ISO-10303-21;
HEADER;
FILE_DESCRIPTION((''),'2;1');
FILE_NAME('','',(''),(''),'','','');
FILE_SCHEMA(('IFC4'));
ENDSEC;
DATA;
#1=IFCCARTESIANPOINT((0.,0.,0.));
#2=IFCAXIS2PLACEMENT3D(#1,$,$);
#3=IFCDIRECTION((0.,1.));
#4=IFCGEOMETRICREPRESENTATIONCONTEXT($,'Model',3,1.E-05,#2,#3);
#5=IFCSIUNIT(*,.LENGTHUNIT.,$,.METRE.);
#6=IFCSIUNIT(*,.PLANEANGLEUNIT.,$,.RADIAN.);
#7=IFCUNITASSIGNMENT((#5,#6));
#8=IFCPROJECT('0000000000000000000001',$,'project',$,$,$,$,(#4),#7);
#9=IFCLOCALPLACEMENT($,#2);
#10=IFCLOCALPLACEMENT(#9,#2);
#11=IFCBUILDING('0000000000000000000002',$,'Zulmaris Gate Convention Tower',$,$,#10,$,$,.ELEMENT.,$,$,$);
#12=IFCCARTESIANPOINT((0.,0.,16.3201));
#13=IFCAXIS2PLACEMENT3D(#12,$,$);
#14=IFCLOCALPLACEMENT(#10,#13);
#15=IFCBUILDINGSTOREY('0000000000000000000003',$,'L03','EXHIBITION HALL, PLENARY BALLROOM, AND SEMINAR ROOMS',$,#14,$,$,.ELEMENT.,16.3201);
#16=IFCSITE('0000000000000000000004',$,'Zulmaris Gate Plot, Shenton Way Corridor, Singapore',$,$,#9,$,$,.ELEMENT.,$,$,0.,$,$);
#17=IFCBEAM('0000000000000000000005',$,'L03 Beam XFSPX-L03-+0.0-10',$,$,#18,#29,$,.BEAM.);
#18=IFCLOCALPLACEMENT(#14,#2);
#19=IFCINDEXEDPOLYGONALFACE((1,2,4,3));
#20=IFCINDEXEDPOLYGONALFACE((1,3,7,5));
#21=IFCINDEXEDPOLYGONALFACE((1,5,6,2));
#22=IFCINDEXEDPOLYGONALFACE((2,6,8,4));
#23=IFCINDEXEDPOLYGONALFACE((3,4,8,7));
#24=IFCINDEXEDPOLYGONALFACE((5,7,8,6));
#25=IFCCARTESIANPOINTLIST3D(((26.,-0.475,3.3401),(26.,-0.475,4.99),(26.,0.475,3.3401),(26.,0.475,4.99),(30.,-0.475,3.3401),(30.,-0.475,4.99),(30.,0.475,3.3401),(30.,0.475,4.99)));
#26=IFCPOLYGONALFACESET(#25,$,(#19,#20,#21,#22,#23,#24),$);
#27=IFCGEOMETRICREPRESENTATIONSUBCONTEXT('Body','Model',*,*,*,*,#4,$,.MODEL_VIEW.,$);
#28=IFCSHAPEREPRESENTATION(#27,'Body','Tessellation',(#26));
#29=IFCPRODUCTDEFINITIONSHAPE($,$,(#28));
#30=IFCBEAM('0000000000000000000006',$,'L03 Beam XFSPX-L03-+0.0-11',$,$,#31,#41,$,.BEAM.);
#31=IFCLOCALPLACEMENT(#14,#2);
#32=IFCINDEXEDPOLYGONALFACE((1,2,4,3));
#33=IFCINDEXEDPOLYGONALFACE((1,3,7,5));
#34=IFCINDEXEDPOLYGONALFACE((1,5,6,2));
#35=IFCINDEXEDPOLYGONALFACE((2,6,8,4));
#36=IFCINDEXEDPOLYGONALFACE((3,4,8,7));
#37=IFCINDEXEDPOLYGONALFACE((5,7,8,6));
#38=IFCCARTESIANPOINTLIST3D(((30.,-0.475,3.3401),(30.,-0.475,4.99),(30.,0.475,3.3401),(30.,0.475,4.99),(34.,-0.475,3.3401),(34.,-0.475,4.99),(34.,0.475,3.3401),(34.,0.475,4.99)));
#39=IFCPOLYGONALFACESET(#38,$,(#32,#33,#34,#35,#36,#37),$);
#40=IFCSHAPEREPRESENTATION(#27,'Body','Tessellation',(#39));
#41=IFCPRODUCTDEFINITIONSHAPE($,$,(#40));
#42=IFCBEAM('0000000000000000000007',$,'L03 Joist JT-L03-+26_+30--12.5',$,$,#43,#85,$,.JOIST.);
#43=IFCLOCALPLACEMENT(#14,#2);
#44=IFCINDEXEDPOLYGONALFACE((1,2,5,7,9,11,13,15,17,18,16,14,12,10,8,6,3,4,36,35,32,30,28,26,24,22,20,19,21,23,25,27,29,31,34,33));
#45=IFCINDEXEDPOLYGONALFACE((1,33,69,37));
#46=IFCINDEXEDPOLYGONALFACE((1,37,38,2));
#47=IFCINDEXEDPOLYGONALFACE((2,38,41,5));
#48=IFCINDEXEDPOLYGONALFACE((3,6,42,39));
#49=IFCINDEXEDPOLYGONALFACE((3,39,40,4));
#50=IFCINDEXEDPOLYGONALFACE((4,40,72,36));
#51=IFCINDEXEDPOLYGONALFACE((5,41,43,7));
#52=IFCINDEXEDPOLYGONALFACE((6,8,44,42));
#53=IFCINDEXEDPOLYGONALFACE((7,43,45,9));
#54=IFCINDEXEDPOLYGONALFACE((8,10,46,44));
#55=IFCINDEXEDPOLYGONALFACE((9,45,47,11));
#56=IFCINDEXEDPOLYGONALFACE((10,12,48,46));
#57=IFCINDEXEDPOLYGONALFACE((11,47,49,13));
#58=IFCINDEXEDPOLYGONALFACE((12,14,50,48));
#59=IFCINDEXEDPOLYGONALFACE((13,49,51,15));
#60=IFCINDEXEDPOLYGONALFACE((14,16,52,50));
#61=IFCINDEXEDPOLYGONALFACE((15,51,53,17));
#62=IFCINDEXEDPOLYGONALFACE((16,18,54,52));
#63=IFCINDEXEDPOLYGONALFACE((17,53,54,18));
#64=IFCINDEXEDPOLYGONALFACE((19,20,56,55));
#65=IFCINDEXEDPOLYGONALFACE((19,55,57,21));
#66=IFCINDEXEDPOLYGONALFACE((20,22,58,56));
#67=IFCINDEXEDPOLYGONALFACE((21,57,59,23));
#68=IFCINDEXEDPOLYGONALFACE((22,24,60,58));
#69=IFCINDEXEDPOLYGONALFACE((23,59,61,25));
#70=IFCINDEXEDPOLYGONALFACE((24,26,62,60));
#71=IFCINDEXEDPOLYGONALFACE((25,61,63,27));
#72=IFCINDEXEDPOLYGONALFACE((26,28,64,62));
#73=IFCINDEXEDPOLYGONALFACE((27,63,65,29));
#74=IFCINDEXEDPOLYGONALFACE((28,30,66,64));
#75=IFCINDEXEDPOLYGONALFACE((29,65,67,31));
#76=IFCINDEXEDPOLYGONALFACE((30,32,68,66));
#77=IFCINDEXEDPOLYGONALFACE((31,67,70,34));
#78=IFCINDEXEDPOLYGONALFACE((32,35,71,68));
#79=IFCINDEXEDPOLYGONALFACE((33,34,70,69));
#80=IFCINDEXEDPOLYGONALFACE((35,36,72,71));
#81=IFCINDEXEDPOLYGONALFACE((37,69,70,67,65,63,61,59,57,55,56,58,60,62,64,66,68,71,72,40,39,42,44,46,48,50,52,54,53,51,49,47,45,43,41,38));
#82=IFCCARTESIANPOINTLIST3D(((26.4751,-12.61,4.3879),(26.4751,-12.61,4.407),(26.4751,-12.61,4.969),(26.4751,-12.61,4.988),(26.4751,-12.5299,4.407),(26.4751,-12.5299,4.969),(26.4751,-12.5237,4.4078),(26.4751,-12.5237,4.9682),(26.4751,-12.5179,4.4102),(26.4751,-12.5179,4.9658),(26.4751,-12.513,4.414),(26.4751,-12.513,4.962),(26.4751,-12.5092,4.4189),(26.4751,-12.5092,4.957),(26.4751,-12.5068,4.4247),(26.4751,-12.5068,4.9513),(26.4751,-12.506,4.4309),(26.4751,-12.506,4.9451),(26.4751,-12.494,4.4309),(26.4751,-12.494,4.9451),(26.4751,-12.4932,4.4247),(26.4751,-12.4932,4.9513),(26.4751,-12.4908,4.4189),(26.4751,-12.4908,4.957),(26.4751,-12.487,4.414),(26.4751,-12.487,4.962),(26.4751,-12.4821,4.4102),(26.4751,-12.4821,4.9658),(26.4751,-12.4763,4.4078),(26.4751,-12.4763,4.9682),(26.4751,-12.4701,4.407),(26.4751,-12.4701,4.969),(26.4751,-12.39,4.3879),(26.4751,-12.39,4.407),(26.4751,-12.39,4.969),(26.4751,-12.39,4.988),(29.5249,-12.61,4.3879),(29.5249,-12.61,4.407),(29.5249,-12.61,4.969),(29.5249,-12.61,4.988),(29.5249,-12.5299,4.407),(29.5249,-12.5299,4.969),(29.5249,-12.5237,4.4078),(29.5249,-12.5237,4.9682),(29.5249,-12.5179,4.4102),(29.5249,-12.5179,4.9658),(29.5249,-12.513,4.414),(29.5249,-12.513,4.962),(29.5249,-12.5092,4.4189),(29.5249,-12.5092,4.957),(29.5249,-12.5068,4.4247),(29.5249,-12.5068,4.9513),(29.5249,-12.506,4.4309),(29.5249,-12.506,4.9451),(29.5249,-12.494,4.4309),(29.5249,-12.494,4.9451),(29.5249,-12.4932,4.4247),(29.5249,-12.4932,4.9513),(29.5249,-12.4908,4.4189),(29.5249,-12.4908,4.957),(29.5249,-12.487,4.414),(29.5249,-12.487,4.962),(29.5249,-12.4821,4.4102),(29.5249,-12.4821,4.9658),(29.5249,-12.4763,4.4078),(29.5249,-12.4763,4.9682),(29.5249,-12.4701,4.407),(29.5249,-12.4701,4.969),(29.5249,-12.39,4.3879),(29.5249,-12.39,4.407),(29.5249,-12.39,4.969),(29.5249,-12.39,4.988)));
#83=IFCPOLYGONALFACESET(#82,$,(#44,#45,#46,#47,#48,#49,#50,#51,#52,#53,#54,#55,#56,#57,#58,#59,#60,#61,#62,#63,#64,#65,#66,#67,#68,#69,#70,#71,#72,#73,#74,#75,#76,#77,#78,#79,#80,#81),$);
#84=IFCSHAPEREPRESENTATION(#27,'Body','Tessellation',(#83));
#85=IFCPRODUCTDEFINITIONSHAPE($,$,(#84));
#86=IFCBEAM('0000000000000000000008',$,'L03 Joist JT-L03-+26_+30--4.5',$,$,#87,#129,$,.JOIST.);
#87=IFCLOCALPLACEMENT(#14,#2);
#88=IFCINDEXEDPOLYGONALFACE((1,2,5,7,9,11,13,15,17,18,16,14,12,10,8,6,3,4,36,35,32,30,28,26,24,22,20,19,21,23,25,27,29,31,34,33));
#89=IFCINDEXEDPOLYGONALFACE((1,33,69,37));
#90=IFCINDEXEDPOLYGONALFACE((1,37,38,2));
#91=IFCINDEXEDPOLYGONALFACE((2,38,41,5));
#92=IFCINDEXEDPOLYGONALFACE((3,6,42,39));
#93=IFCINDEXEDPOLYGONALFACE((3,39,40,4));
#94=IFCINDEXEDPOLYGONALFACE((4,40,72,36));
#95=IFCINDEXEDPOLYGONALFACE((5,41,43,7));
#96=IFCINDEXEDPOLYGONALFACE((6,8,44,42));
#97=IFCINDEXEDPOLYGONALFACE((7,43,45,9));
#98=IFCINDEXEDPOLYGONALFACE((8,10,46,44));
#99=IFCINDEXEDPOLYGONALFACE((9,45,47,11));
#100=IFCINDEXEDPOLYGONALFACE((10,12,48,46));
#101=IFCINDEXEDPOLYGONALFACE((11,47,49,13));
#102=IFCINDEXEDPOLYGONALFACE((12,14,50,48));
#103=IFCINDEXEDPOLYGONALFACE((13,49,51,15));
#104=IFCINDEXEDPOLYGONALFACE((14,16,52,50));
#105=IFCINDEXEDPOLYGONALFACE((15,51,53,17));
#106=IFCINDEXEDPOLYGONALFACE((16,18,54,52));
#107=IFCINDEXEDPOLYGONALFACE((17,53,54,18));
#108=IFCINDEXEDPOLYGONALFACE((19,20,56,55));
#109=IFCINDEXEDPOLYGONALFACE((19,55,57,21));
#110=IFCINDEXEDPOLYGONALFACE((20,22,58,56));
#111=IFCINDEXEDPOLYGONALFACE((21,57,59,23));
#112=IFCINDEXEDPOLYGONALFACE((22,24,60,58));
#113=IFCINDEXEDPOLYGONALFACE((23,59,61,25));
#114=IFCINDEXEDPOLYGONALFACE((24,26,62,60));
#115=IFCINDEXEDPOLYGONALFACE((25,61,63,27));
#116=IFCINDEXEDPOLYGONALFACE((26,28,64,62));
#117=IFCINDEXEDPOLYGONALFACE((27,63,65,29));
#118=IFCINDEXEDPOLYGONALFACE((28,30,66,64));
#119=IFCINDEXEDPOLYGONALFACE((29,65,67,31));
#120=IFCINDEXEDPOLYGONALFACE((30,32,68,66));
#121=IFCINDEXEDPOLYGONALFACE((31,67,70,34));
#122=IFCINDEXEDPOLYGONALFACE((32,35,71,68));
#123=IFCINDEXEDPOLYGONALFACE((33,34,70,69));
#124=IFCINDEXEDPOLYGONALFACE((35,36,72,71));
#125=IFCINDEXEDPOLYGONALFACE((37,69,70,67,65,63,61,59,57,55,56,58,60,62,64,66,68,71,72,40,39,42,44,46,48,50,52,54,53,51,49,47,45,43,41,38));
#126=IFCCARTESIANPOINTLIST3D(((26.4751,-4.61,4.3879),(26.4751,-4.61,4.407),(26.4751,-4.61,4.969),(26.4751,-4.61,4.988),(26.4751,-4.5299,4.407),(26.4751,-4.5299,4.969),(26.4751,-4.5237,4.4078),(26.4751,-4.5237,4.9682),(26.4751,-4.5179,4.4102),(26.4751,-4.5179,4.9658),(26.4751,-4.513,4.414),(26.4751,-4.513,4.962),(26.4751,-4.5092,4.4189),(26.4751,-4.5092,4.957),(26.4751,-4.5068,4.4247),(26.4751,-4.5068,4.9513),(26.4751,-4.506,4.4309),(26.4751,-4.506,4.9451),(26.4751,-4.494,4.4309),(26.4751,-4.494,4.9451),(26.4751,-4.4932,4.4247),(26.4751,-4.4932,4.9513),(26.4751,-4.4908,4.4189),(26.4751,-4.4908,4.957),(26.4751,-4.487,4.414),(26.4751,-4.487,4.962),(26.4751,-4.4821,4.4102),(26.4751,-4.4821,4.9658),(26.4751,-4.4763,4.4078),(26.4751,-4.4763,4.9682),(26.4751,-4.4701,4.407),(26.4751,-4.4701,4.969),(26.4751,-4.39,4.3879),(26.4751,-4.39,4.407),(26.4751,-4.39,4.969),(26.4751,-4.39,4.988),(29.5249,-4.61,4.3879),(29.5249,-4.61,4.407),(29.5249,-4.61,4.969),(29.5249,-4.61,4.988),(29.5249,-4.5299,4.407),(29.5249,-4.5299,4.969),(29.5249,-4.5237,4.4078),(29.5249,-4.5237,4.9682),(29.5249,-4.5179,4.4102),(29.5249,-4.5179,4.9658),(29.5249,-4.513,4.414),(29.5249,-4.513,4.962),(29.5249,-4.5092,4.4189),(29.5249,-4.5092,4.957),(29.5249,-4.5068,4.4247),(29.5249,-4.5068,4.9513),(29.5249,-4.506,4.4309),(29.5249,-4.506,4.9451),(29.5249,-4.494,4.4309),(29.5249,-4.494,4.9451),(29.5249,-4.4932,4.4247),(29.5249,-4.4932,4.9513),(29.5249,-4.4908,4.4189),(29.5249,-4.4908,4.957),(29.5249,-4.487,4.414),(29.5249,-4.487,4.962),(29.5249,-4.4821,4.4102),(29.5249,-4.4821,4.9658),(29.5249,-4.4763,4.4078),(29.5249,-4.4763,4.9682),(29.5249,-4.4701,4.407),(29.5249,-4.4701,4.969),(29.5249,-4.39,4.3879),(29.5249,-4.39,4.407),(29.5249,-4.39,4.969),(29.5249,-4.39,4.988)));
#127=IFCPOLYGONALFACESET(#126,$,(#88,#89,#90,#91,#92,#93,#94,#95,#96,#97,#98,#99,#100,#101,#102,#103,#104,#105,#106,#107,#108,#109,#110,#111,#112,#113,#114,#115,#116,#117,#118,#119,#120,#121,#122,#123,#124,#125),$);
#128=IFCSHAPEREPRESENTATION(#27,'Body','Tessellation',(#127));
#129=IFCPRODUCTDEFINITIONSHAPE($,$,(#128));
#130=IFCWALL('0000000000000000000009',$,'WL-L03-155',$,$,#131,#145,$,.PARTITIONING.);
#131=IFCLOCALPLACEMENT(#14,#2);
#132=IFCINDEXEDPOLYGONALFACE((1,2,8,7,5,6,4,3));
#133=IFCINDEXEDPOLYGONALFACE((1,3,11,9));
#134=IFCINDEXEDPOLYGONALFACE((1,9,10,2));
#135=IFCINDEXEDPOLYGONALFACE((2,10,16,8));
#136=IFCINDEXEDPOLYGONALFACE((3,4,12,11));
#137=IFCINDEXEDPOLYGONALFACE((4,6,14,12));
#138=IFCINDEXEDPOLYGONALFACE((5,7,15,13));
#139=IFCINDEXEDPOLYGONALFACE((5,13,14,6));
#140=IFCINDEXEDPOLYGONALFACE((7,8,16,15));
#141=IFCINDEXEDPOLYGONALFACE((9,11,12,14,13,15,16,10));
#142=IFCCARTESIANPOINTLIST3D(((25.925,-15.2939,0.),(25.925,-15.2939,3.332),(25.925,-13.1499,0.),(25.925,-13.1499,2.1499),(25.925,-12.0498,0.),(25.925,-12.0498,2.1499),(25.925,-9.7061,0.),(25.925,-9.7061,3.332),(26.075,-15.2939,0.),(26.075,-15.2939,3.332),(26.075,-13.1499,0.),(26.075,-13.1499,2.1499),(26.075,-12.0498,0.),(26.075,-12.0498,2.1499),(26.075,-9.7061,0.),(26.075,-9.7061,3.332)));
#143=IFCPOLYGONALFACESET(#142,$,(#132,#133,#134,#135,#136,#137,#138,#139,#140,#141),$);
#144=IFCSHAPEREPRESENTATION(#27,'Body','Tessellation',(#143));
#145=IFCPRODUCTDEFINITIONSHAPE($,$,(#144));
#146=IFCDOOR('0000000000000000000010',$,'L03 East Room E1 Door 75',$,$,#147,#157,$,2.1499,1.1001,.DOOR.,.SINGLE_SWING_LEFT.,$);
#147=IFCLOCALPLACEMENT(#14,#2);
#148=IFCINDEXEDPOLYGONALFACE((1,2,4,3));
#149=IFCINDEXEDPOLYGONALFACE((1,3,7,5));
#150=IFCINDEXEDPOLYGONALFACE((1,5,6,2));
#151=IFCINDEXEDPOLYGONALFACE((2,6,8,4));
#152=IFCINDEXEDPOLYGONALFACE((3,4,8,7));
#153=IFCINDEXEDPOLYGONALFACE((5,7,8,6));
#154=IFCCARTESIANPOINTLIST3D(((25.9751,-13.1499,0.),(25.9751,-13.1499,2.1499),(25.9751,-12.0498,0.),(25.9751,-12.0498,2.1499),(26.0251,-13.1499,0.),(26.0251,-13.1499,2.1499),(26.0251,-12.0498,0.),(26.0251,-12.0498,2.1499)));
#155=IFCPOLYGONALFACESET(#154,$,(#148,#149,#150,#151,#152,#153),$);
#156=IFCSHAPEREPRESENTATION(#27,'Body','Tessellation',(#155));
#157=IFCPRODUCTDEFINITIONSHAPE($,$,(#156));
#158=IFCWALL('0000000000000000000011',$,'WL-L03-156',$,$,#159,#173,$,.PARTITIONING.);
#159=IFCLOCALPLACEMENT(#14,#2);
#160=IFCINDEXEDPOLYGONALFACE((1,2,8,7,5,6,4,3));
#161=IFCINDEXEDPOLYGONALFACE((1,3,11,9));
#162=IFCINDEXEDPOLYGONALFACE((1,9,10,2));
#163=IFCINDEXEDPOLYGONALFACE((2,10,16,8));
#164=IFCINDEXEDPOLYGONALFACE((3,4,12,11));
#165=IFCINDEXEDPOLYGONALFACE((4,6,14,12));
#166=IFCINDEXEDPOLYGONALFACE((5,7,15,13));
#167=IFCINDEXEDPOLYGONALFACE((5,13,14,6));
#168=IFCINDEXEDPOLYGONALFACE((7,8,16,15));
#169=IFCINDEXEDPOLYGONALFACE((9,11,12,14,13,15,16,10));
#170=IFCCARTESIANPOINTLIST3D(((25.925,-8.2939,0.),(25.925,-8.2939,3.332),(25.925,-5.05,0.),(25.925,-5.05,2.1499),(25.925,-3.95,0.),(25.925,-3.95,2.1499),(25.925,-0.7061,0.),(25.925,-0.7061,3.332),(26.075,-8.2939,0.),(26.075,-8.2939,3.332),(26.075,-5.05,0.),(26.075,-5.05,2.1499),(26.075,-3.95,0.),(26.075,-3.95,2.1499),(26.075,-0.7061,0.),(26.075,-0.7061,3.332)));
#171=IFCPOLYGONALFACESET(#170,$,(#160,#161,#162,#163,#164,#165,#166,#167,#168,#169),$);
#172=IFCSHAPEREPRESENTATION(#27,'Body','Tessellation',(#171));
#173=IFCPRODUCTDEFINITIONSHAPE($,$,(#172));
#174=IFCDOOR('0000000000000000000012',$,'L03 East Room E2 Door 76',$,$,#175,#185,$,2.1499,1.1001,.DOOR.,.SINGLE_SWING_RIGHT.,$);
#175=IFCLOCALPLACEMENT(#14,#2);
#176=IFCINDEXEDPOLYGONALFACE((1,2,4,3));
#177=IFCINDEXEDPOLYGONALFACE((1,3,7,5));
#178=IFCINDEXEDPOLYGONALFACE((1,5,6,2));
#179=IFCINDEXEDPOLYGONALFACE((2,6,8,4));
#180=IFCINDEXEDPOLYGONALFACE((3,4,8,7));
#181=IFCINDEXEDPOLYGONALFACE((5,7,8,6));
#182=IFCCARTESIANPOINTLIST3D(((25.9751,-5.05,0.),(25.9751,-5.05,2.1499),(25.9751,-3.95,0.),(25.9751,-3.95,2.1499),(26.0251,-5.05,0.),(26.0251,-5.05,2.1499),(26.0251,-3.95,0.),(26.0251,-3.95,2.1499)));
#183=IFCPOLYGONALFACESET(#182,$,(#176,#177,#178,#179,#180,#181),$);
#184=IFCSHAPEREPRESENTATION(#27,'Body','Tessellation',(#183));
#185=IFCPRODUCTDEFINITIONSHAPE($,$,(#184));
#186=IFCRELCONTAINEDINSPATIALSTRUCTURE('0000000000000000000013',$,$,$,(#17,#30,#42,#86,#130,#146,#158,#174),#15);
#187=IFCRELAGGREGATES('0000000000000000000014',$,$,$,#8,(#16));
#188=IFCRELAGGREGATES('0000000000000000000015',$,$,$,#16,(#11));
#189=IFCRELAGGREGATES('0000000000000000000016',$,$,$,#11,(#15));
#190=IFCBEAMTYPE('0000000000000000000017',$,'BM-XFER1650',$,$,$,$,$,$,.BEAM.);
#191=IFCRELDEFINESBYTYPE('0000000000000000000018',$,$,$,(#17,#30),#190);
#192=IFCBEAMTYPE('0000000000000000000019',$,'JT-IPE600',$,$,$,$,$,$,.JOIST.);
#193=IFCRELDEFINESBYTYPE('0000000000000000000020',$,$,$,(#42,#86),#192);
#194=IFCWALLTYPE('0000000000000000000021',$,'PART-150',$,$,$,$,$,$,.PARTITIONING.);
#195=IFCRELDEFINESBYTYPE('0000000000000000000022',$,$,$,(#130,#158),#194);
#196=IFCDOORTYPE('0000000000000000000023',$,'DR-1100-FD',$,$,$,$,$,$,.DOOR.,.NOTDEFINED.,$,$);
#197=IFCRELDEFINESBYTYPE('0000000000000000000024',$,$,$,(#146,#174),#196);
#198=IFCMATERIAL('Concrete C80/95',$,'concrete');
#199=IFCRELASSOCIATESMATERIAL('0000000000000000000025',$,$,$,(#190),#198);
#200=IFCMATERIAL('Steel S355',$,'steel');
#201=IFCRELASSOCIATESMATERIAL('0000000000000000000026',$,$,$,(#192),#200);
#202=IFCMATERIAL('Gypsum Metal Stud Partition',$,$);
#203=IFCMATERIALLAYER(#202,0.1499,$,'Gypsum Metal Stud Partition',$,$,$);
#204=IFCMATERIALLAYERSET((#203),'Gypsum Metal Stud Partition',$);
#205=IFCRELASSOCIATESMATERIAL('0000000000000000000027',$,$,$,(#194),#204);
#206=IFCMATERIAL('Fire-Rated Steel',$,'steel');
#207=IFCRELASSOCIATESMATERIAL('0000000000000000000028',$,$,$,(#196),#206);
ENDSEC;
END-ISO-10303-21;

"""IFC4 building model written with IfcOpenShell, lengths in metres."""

from ifc_helpers import new_model, si_unit, direction, frame, frame_2d, origin, origin_2d, place, context, subcontext, project, spatial, rectangle, i_section, extrude, material, layer, layer_set, material_profile, profile_set, type_object, element, fill, save


model = new_model("IFC4")

# Units and contexts
model_context = context("Model", 3, precision=1e-05, world=origin(), true_north=direction((0.0, 1.0)))
body_context = subcontext(model_context, "Body", "Model", "MODEL_VIEW")
ifc_project = project(units=[si_unit("LENGTHUNIT", "METRE"), si_unit("PLANEANGLEUNIT", "RADIAN")], contexts=[model_context])

# Site, building, storey
site_placement = place(None, origin())
site = spatial("IfcSite", under=ifc_project, at=site_placement, Name="Zulmaris Gate Plot, Shenton Way Corridor, Singapore", CompositionType="ELEMENT", RefElevation=0.0)
building_placement = place(site_placement, origin())
building = spatial("IfcBuilding", under=site, at=building_placement, Name="Zulmaris Gate Convention Tower", CompositionType="ELEMENT")
storey_placement = place(building_placement, frame((0.0, 0.0, 16.3201)))
storey = spatial("IfcBuildingStorey", under=building, at=storey_placement, Name="L03", Description="EXHIBITION HALL, PLENARY BALLROOM, AND SEMINAR ROOMS", CompositionType="ELEMENT", Elevation=16.3201)

# Shared definitions
ifc_material_1 = material(Name="Concrete C80/95", Category="concrete")

# Beams
ifc_material_profile_1 = material_profile(ifc_material_1, rectangle(XDim=0.95, YDim=1.6499, at=origin_2d()), Name="RC TRANSFER 950x1650")
ifc_profile_set_1 = profile_set([ifc_material_profile_1], Name="Concrete C80/95")
beam_type_1 = type_object("IfcBeamType", Name="BM-XFER1650", PredefinedType="BEAM", material=ifc_profile_set_1)
for number, where, z_axis, x_axis, name in (
    (1, (26.0, 0.0, 4.165), (1.0, 0.0, 0.0), (0.0, 1.0, 0.0), "L03 Beam XFSPX-L03-+0.0-10"),
    (2, (30.0, 0.0, 4.165), (1.0, 0.0, 0.0), (0.0, 1.0, 0.0), "L03 Beam XFSPX-L03-+0.0-11"),
):
    element("IfcBeam", number, at=place(storey_placement, frame(where, z_axis=z_axis, x_axis=x_axis)), inside=storey, type_object=beam_type_1, Name=name, PredefinedType="BEAM", context=body_context, shape_type="SweptSolid", body=[
        extrude(rectangle(XDim=0.95, YDim=1.6499, at=origin_2d()), origin(), (0.0, 0.0, 1.0), 4.0),
    ])
ifc_material_2 = material(Name="Steel S355", Category="steel")
ifc_material_profile_2 = material_profile(ifc_material_2, i_section(OverallWidth=0.22, OverallDepth=0.6001, WebThickness=0.012, FlangeThickness=0.019, FilletRadius=0.0239, at=origin_2d()), Name="IPE 600")
ifc_profile_set_2 = profile_set([ifc_material_profile_2], Name="Steel S355")
beam_type_2 = type_object("IfcBeamType", Name="JT-IPE600", PredefinedType="JOIST", material=ifc_profile_set_2)
for number, where, z_axis, x_axis, name in (
    (3, (26.4751, -12.5, 4.688), (1.0, 0.0, 0.0), (0.0, 1.0, 0.0), "L03 Joist JT-L03-+26_+30--12.5"),
    (4, (26.4751, -4.5, 4.688), (1.0, 0.0, 0.0), (0.0, 1.0, 0.0), "L03 Joist JT-L03-+26_+30--4.5"),
):
    element("IfcBeam", number, at=place(storey_placement, frame(where, z_axis=z_axis, x_axis=x_axis)), inside=storey, type_object=beam_type_2, Name=name, PredefinedType="JOIST", context=body_context, shape_type="SweptSolid", body=[
        extrude(i_section(OverallWidth=0.22, OverallDepth=0.6001, WebThickness=0.012, FlangeThickness=0.019, FilletRadius=0.0239, at=origin_2d()), origin(), (0.0, 0.0, 1.0), 3.0498),
    ])

# Walls, openings, doors
ifc_material_3 = material(Name="Gypsum Metal Stud Partition")
ifc_layer_1 = layer(ifc_material_3, 0.1499, Name="Gypsum Metal Stud Partition")
ifc_layer_set_1 = layer_set([ifc_layer_1], Name="Gypsum Metal Stud Partition")
wall_type_1 = type_object("IfcWallType", Name="PART-150", PredefinedType="PARTITIONING", material=ifc_layer_set_1)
wall_1_placement = place(storey_placement, frame((26.0, -15.2939, 0.0), z_axis=(0.0, 0.0, 1.0), x_axis=(0.0, 1.0, 0.0)))
wall_1 = element("IfcWall", 5, at=wall_1_placement, inside=storey, type_object=wall_type_1, Name="WL-L03-155", PredefinedType="PARTITIONING", context=body_context, shape_type="SweptSolid", body=[
    extrude(rectangle(XDim=5.5879, YDim=0.1499, at=frame_2d((2.7939, 0.0))), origin(), (0.0, 0.0, 1.0), 3.332),
])
opening_1_placement = place(wall_1_placement, frame((2.144, 0.0, 0.0)))
opening_1 = element("IfcOpeningElement", 6, at=opening_1_placement, cuts=wall_1, PredefinedType="OPENING", context=body_context, shape_type="SweptSolid", body=[
    extrude(rectangle(XDim=1.1001, YDim=2.1499, at=frame_2d((0.55, 1.075))), frame((0.0, 0.085, 0.0), z_axis=(0.0, -1.0, 0.0), x_axis=(1.0, 0.0, 0.0)), (0.0, 0.0, 1.0), 0.1699),
])
ifc_material_4 = material(Name="Fire-Rated Steel", Category="steel")
door_type = type_object("IfcDoorType", Name="DR-1100-FD", OperationType="NOTDEFINED", PredefinedType="DOOR", material=ifc_material_4)
door_1_placement = place(opening_1_placement, origin())
door_1 = element("IfcDoor", 7, at=door_1_placement, inside=storey, type_object=door_type, Name="L03 East Room E1 Door 75", OperationType="SINGLE_SWING_LEFT", OverallHeight=2.1499, OverallWidth=1.1001, PredefinedType="DOOR", context=body_context, shape_type="SweptSolid", body=[
    extrude(rectangle(XDim=1.1001, YDim=2.1499, at=frame_2d((0.55, 1.075))), frame((0.0, 0.0249, 0.0), z_axis=(0.0, -1.0, 0.0), x_axis=(1.0, 0.0, 0.0)), (0.0, 0.0, 1.0), 0.05),
])
fill(opening_1, door_1)
wall_2_placement = place(storey_placement, frame((26.0, -8.2939, 0.0), z_axis=(0.0, 0.0, 1.0), x_axis=(0.0, 1.0, 0.0)))
wall_2 = element("IfcWall", 8, at=wall_2_placement, inside=storey, type_object=wall_type_1, Name="WL-L03-156", PredefinedType="PARTITIONING", context=body_context, shape_type="SweptSolid", body=[
    extrude(rectangle(XDim=7.5879, YDim=0.1499, at=frame_2d((3.7939, 0.0))), origin(), (0.0, 0.0, 1.0), 3.332),
])
opening_2_placement = place(wall_2_placement, frame((3.2439, 0.0, 0.0)))
opening_2 = element("IfcOpeningElement", 9, at=opening_2_placement, cuts=wall_2, PredefinedType="OPENING", context=body_context, shape_type="SweptSolid", body=[
    extrude(rectangle(XDim=1.1001, YDim=2.1499, at=frame_2d((0.55, 1.075))), frame((0.0, 0.085, 0.0), z_axis=(0.0, -1.0, 0.0), x_axis=(1.0, 0.0, 0.0)), (0.0, 0.0, 1.0), 0.1699),
])
door_2_placement = place(opening_2_placement, origin())
door_2 = element("IfcDoor", 10, at=door_2_placement, inside=storey, type_object=door_type, Name="L03 East Room E2 Door 76", OperationType="SINGLE_SWING_RIGHT", OverallHeight=2.1499, OverallWidth=1.1001, PredefinedType="DOOR", context=body_context, shape_type="SweptSolid", body=[
    extrude(rectangle(XDim=1.1001, YDim=2.1499, at=frame_2d((0.55, 1.075))), frame((0.0, 0.0249, 0.0), z_axis=(0.0, -1.0, 0.0), x_axis=(1.0, 0.0, 0.0)), (0.0, 0.0, 1.0), 0.05),
])
fill(opening_2, door_2)

save(model, "model.ifc")
